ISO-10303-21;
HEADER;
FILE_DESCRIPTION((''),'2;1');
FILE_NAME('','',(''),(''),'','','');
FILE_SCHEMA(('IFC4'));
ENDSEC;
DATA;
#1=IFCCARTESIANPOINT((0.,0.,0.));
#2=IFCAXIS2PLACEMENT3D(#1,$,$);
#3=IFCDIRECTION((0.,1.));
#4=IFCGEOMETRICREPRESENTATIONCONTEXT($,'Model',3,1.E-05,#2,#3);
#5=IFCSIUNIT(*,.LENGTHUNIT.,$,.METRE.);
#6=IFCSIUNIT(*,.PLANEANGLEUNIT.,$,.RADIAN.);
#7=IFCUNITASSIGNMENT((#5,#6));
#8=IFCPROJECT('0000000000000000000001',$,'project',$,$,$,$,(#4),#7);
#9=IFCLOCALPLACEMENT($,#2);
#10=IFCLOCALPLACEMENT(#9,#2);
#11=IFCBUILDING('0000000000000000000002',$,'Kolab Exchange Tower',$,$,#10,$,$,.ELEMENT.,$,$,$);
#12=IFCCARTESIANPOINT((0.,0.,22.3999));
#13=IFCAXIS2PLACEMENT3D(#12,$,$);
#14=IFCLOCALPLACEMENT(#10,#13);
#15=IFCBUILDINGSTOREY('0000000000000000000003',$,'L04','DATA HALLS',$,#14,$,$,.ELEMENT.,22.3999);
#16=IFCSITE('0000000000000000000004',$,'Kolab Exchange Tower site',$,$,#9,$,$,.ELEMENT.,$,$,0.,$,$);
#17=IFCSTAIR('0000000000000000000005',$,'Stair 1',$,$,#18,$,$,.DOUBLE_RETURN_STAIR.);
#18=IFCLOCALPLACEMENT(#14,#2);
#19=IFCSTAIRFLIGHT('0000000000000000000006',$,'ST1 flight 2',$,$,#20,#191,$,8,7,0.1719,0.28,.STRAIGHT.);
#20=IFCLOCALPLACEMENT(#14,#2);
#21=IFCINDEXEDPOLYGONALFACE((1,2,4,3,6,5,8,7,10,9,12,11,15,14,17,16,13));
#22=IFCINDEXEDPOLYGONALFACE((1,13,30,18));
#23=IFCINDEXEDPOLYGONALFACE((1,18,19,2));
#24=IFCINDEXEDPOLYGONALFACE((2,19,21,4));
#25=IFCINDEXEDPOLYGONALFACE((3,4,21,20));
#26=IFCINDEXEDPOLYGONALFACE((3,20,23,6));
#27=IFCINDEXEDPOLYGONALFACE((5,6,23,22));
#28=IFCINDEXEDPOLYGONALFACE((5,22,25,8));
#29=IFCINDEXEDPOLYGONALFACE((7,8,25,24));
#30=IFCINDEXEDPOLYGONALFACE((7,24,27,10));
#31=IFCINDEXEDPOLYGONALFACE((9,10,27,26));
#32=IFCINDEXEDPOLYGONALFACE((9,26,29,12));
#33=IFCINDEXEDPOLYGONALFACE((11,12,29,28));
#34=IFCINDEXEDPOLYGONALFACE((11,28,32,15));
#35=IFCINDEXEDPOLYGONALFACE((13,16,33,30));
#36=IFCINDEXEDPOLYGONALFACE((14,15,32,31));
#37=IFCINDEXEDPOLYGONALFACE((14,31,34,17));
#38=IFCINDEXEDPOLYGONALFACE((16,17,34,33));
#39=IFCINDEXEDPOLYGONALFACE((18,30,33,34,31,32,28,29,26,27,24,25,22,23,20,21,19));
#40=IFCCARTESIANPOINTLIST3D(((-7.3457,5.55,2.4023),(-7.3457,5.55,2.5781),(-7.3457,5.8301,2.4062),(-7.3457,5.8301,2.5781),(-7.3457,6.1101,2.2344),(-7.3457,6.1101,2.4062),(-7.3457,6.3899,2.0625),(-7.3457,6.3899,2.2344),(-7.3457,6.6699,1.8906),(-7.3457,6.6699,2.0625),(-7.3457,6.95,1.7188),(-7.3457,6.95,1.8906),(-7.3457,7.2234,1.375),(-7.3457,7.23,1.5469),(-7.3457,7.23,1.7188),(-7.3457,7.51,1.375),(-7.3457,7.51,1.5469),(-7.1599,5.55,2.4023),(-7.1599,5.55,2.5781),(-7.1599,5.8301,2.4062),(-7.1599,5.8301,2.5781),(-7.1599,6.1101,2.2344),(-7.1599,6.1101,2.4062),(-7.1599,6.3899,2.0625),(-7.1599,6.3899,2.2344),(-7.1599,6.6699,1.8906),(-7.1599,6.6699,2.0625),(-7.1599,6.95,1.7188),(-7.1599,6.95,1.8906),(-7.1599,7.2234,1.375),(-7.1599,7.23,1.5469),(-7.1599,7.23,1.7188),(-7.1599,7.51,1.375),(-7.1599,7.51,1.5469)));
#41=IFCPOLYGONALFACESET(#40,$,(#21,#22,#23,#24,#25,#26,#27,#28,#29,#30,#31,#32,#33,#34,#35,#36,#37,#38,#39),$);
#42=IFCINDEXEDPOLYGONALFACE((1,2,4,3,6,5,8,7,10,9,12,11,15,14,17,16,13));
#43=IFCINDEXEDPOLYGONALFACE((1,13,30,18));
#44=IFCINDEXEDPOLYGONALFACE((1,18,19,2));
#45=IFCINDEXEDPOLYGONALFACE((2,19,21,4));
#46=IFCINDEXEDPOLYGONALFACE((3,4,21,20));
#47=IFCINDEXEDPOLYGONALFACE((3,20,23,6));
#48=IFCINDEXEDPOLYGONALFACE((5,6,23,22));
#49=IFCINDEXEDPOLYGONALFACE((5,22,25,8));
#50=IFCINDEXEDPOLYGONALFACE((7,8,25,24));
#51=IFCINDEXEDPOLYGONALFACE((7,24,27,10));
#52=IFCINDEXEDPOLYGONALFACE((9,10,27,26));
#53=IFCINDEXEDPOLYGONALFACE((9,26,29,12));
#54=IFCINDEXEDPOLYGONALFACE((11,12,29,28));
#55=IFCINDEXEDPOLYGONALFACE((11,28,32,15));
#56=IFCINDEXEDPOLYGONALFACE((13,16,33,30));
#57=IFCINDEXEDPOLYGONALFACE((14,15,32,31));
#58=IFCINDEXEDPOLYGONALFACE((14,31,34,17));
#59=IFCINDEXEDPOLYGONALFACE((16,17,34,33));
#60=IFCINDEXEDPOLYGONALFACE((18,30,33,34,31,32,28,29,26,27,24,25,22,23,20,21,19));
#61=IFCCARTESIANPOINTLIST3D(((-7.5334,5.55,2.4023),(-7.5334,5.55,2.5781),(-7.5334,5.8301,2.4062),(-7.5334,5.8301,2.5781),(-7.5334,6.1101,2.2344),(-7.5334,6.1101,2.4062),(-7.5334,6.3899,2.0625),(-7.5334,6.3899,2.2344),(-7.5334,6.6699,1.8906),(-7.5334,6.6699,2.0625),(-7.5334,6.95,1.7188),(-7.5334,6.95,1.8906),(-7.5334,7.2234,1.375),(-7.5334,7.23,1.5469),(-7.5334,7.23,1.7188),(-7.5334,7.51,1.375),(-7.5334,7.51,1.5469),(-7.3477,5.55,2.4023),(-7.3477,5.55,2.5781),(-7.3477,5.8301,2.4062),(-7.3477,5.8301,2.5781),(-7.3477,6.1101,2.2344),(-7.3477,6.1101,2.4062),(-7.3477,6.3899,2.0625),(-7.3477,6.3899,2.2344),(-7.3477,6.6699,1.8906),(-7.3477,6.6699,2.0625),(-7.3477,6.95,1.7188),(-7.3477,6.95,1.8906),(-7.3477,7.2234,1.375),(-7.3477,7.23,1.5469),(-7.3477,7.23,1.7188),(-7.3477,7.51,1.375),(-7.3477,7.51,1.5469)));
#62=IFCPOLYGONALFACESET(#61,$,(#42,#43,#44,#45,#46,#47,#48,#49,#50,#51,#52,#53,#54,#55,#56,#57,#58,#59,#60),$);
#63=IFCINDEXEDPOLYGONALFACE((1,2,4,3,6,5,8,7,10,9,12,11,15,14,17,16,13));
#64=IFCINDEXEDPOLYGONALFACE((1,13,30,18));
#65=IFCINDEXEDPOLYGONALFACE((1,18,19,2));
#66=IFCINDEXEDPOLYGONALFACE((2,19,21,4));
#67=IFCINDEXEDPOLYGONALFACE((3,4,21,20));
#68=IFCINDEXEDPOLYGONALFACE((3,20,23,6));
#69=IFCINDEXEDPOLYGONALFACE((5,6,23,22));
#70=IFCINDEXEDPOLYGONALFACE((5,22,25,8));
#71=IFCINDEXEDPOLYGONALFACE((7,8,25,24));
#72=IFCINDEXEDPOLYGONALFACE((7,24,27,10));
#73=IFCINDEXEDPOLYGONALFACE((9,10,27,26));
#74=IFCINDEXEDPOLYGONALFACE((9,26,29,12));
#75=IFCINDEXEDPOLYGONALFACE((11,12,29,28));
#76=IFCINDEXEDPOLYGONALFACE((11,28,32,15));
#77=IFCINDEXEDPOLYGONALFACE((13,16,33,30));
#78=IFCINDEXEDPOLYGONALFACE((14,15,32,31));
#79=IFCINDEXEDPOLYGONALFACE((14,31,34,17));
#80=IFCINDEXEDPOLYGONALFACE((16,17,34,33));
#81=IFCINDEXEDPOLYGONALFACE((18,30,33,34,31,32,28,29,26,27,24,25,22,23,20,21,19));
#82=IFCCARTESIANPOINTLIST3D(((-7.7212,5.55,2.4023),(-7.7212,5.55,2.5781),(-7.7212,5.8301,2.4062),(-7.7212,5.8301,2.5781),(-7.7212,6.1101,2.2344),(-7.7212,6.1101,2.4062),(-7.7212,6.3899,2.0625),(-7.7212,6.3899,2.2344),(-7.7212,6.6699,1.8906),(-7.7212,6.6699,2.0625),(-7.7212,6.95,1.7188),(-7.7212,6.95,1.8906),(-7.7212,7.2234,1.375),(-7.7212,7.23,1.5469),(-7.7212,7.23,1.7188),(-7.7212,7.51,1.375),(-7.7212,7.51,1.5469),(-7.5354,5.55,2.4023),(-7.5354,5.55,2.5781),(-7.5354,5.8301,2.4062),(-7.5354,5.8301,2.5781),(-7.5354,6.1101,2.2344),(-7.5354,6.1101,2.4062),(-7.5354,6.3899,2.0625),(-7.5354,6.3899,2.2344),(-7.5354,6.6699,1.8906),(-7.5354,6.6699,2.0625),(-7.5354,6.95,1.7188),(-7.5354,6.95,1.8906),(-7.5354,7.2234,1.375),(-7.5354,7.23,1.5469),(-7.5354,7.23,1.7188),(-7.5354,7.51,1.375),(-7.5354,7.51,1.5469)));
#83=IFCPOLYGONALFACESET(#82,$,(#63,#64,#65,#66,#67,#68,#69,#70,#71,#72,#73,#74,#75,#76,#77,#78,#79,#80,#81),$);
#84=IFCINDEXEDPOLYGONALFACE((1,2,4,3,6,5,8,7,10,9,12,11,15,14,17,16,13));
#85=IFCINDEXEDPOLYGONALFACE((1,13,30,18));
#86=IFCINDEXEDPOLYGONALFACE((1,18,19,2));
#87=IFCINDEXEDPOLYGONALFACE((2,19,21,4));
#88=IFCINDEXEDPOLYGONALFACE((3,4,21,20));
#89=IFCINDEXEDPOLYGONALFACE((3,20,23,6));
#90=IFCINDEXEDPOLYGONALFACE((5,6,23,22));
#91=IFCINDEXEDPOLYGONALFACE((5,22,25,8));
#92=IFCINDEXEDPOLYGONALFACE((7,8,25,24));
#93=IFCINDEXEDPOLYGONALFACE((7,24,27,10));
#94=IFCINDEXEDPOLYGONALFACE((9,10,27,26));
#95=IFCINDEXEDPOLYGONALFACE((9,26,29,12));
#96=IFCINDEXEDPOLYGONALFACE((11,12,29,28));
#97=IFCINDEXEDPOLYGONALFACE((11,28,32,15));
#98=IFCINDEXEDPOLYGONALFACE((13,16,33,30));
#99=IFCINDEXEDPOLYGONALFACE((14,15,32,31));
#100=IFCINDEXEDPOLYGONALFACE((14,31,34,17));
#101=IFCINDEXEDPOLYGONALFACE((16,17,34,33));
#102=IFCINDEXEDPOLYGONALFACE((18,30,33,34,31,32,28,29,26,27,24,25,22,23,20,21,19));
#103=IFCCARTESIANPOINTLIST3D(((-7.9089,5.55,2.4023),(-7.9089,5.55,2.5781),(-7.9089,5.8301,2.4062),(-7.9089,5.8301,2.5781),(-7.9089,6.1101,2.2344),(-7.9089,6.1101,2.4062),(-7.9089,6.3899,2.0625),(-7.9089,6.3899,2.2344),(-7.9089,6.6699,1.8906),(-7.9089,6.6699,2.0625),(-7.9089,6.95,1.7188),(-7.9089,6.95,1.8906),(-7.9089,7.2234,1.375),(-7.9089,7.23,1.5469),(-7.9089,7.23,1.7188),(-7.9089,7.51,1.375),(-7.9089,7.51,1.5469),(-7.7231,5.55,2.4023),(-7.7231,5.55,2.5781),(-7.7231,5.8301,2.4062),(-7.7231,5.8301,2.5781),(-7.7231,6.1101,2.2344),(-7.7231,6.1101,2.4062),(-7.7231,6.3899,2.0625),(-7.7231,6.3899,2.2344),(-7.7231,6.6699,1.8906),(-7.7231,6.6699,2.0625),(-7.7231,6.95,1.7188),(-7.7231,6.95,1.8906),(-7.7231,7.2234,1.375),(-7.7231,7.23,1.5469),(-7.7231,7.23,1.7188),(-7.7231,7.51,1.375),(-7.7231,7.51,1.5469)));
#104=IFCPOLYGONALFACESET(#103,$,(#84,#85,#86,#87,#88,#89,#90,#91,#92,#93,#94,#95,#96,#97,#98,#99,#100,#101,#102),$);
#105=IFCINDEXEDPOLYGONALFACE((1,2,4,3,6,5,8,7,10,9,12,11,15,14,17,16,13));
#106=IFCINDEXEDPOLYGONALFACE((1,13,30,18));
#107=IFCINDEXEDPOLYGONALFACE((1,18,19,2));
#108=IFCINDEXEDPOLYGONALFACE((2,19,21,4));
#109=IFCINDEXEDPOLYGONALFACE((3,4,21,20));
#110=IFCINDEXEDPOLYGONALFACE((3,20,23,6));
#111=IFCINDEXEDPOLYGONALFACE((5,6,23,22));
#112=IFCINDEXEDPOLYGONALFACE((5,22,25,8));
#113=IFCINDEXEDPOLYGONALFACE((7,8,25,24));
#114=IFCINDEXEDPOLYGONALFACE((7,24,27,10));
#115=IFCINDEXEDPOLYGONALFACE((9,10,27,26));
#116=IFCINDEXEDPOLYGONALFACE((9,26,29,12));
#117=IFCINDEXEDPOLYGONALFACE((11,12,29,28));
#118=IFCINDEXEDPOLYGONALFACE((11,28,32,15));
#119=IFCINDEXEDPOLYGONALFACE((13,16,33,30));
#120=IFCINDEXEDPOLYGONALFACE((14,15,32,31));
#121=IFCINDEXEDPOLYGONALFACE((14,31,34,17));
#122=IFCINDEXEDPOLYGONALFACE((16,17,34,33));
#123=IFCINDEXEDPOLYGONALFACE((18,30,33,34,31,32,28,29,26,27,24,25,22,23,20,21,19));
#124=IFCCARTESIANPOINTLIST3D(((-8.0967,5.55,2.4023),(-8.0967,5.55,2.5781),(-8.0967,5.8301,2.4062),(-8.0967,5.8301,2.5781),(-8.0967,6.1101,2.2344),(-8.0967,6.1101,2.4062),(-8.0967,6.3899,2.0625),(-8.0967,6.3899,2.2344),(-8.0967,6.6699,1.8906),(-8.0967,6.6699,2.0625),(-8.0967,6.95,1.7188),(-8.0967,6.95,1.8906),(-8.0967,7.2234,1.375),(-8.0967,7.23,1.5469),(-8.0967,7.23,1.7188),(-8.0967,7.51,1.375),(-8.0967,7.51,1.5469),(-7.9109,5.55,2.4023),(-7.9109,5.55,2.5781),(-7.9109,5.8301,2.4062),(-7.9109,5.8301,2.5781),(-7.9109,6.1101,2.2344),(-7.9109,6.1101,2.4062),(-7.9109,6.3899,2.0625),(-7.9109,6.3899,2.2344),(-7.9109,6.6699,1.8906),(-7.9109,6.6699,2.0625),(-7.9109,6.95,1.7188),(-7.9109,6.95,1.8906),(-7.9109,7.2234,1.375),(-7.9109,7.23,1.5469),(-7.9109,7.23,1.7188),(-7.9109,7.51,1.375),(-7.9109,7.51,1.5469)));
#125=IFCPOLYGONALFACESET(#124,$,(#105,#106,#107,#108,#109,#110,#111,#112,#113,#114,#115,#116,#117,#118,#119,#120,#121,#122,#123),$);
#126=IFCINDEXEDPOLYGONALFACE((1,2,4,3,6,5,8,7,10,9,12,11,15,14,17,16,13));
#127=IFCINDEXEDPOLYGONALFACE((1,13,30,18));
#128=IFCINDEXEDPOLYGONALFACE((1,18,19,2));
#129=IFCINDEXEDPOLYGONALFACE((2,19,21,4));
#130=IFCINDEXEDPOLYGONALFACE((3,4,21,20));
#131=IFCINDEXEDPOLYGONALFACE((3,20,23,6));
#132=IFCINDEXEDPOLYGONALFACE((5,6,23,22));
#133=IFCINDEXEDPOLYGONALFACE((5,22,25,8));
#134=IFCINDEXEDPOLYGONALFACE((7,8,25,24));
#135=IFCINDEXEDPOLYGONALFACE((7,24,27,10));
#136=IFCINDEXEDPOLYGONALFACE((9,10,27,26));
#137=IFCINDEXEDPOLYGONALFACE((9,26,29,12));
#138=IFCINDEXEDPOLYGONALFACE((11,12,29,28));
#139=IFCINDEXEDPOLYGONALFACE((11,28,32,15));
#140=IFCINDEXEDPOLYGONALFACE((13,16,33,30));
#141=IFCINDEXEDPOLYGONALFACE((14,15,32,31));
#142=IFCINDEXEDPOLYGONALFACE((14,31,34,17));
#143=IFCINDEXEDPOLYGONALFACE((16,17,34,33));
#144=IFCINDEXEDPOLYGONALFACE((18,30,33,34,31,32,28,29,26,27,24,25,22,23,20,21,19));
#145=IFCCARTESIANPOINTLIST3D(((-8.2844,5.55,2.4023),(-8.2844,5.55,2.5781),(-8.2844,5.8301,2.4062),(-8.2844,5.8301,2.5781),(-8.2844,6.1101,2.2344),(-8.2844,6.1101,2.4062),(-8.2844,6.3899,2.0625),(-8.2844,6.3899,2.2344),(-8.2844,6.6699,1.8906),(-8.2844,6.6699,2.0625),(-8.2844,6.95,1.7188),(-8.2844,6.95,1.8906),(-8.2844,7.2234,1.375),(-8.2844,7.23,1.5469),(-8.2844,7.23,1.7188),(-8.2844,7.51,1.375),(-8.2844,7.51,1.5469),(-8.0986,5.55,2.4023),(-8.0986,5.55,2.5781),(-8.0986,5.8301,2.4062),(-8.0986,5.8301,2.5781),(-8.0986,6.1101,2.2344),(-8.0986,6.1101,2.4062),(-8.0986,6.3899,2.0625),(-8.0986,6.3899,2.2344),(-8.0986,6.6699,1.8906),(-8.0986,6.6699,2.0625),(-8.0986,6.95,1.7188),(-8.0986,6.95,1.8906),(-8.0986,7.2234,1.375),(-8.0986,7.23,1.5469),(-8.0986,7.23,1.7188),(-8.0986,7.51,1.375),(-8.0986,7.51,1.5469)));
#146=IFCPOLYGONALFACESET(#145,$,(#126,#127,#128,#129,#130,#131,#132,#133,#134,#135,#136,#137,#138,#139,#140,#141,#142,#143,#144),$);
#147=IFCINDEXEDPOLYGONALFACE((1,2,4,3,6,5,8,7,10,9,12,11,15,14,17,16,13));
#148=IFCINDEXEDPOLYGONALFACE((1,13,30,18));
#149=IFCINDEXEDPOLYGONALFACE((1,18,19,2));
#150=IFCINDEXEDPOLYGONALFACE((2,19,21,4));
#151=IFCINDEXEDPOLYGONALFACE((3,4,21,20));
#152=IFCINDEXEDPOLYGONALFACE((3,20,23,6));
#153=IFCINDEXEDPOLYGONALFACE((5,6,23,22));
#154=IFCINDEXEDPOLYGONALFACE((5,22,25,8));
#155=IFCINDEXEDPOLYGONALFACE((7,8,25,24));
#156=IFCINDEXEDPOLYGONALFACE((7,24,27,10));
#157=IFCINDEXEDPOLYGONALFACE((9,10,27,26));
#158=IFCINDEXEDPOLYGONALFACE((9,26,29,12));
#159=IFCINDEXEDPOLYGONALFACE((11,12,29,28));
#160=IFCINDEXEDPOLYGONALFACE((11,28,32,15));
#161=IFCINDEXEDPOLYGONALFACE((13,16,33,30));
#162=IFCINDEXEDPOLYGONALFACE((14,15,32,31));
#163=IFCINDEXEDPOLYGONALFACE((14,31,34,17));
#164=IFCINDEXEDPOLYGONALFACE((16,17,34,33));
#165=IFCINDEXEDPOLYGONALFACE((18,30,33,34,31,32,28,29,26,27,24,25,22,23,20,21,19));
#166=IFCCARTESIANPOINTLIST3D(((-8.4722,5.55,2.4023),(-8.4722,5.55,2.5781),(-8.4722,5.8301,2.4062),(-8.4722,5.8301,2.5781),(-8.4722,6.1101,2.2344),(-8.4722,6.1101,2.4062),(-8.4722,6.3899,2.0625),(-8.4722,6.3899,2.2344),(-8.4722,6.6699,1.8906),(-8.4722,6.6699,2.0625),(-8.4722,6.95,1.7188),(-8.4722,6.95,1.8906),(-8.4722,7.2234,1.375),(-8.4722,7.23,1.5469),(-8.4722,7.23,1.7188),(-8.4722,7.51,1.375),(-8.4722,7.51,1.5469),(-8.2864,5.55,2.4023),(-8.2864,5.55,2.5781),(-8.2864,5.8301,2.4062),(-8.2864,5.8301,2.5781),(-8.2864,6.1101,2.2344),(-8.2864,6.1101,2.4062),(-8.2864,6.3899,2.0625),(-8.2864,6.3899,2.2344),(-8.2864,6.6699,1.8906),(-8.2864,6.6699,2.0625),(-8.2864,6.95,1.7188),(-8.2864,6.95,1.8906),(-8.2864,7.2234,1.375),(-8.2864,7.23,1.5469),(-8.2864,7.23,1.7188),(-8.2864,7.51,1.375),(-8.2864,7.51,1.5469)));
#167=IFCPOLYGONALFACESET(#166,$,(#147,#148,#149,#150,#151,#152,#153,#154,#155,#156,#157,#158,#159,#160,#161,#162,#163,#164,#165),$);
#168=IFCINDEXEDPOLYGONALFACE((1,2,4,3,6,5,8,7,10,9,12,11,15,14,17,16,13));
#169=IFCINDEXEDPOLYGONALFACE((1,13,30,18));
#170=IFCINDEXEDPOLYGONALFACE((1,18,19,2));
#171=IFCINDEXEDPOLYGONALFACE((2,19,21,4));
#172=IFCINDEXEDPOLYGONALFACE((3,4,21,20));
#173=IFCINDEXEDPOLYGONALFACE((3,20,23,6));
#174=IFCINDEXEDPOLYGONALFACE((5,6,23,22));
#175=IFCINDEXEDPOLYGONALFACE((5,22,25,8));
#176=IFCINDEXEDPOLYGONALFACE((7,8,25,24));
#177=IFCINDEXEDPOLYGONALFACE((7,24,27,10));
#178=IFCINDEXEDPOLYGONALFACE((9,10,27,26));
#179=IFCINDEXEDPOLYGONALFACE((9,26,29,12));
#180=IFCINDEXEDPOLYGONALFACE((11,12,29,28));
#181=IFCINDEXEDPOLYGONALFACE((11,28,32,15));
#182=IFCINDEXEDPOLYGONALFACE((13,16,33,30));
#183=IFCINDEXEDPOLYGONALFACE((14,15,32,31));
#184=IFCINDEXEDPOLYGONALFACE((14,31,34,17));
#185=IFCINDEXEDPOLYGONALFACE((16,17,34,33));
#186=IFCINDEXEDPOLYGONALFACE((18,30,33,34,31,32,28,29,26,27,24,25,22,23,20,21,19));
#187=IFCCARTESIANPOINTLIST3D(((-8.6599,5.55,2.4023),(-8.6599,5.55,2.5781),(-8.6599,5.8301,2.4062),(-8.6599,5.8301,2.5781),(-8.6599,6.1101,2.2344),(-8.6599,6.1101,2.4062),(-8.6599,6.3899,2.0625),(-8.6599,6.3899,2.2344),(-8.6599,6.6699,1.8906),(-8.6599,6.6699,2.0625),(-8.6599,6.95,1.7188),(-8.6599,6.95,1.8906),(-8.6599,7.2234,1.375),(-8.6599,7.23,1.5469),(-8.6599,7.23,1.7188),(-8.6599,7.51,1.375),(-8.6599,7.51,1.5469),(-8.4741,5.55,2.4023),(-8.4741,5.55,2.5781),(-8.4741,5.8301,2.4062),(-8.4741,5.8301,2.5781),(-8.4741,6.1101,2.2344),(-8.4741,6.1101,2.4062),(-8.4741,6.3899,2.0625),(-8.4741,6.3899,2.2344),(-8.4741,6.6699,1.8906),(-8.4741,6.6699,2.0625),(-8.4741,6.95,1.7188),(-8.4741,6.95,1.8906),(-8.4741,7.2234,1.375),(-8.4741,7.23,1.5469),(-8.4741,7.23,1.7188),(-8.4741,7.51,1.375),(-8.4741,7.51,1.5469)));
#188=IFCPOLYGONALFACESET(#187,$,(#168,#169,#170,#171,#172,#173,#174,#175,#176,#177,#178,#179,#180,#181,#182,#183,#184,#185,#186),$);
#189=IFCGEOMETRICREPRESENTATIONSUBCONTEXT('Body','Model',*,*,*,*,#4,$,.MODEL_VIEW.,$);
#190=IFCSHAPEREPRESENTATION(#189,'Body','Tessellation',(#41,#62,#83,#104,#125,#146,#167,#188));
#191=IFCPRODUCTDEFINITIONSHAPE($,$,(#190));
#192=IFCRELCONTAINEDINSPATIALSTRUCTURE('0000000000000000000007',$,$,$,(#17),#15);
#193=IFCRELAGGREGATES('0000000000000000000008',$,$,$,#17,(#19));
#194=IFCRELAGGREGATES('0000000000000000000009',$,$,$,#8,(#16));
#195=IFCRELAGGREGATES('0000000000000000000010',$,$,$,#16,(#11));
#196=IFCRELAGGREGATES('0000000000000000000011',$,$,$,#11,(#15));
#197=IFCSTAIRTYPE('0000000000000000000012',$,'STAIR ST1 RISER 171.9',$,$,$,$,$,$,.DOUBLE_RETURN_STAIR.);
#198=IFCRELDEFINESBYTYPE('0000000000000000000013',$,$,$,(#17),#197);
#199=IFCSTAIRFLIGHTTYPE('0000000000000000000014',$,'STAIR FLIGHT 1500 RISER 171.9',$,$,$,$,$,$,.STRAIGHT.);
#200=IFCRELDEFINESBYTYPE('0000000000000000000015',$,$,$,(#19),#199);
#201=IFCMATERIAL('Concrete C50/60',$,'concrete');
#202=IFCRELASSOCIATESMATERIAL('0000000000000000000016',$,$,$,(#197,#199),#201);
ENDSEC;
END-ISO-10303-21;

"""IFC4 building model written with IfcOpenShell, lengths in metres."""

from ifc_helpers import new_model, si_unit, direction, frame, origin, place, context, subcontext, project, spatial, polyline, outline, extrude, material, type_object, element, aggregate, save


model = new_model("IFC4")

# Units and contexts
model_context = context("Model", 3, precision=1e-05, world=origin(), true_north=direction((0.0, 1.0)))
body_context = subcontext(model_context, "Body", "Model", "MODEL_VIEW")
ifc_project = project(units=[si_unit("LENGTHUNIT", "METRE"), si_unit("PLANEANGLEUNIT", "RADIAN")], contexts=[model_context])

# Site, building, storey
site_placement = place(None, origin())
site = spatial("IfcSite", under=ifc_project, at=site_placement, Name="Kolab Exchange Tower site", CompositionType="ELEMENT", RefElevation=0.0)
building_placement = place(site_placement, origin())
building = spatial("IfcBuilding", under=site, at=building_placement, Name="Kolab Exchange Tower", CompositionType="ELEMENT")
storey_placement = place(building_placement, frame((0.0, 0.0, 22.3999)))
storey = spatial("IfcBuildingStorey", under=building, at=storey_placement, Name="L04", Description="DATA HALLS", CompositionType="ELEMENT", Elevation=22.3999)

# Shared definitions
ifc_material_1 = material(Name="Concrete C50/60", Category="concrete")

# Stair, stair flight
stair_type = type_object("IfcStairType", Name="STAIR ST1 RISER 171.9", PredefinedType="DOUBLE_RETURN_STAIR", material=ifc_material_1)
stair_placement = place(storey_placement, origin())
stair = element("IfcStair", 1, at=stair_placement, inside=storey, type_object=stair_type, Name="Stair 1", PredefinedType="DOUBLE_RETURN_STAIR")
stair_flight_type = type_object("IfcStairFlightType", Name="STAIR FLIGHT 1500 RISER 171.9", PredefinedType="STRAIGHT", material=ifc_material_1)
stair_flight_1_placement = place(storey_placement, frame((-7.9099, 7.51, 1.375), z_axis=(0.0, 0.0, 1.0), x_axis=(0.0, -1.0, 0.0)))
stair_flight_1 = element("IfcStairFlight", 2, at=stair_flight_1_placement, type_object=stair_flight_type, Name="ST1 flight 2", NumberOfRisers=8, NumberOfTreads=7, PredefinedType="STRAIGHT", RiserHeight=0.1719, TreadLength=0.28, context=body_context, shape_type="SweptSolid", body=[
    extrude(outline(polyline([(0.0, 0.0), (0.0, 0.1719), (0.28, 0.1719), (0.28, 0.3438), (0.5601, 0.3438), (0.5601, 0.5156), (0.8401, 0.5156), (0.8401, 0.6875), (1.1201, 0.6875), (1.1201, 0.8594), (1.3999, 0.8594), (1.3999, 1.0312), (1.6799, 1.0312), (1.6799, 1.2031), (1.96, 1.2031), (1.96, 1.375), (1.96, 1.0273), (0.2866, 0.0), (0.0, 0.0)])), frame((0.0, 0.75, 0.0), z_axis=(0.0, -1.0, 0.0), x_axis=(1.0, 0.0, 0.0)), (0.0, 0.0, 1.0), 0.1858),
    extrude(outline(polyline([(0.0, 0.0), (0.0, 0.1719), (0.28, 0.1719), (0.28, 0.3438), (0.5601, 0.3438), (0.5601, 0.5156), (0.8401, 0.5156), (0.8401, 0.6875), (1.1201, 0.6875), (1.1201, 0.8594), (1.3999, 0.8594), (1.3999, 1.0312), (1.6799, 1.0312), (1.6799, 1.2031), (1.96, 1.2031), (1.96, 1.375), (1.96, 1.0273), (0.2866, 0.0), (0.0, 0.0)])), frame((0.0, 0.5623, 0.0), z_axis=(0.0, -1.0, 0.0), x_axis=(1.0, 0.0, 0.0)), (0.0, 0.0, 1.0), 0.1858),
    extrude(outline(polyline([(0.0, 0.0), (0.0, 0.1719), (0.28, 0.1719), (0.28, 0.3438), (0.5601, 0.3438), (0.5601, 0.5156), (0.8401, 0.5156), (0.8401, 0.6875), (1.1201, 0.6875), (1.1201, 0.8594), (1.3999, 0.8594), (1.3999, 1.0312), (1.6799, 1.0312), (1.6799, 1.2031), (1.96, 1.2031), (1.96, 1.375), (1.96, 1.0273), (0.2866, 0.0), (0.0, 0.0)])), frame((0.0, 0.3745, 0.0), z_axis=(0.0, -1.0, 0.0), x_axis=(1.0, 0.0, 0.0)), (0.0, 0.0, 1.0), 0.1858),
    extrude(outline(polyline([(0.0, 0.0), (0.0, 0.1719), (0.28, 0.1719), (0.28, 0.3438), (0.5601, 0.3438), (0.5601, 0.5156), (0.8401, 0.5156), (0.8401, 0.6875), (1.1201, 0.6875), (1.1201, 0.8594), (1.3999, 0.8594), (1.3999, 1.0312), (1.6799, 1.0312), (1.6799, 1.2031), (1.96, 1.2031), (1.96, 1.375), (1.96, 1.0273), (0.2866, 0.0), (0.0, 0.0)])), frame((0.0, 0.1868, 0.0), z_axis=(0.0, -1.0, 0.0), x_axis=(1.0, 0.0, 0.0)), (0.0, 0.0, 1.0), 0.1858),
    extrude(outline(polyline([(0.0, 0.0), (0.0, 0.1719), (0.28, 0.1719), (0.28, 0.3438), (0.5601, 0.3438), (0.5601, 0.5156), (0.8401, 0.5156), (0.8401, 0.6875), (1.1201, 0.6875), (1.1201, 0.8594), (1.3999, 0.8594), (1.3999, 1.0312), (1.6799, 1.0312), (1.6799, 1.2031), (1.96, 1.2031), (1.96, 1.375), (1.96, 1.0273), (0.2866, 0.0), (0.0, 0.0)])), frame((0.0, -0.001, 0.0), z_axis=(0.0, -1.0, 0.0), x_axis=(1.0, 0.0, 0.0)), (0.0, 0.0, 1.0), 0.1858),
    extrude(outline(polyline([(0.0, 0.0), (0.0, 0.1719), (0.28, 0.1719), (0.28, 0.3438), (0.5601, 0.3438), (0.5601, 0.5156), (0.8401, 0.5156), (0.8401, 0.6875), (1.1201, 0.6875), (1.1201, 0.8594), (1.3999, 0.8594), (1.3999, 1.0312), (1.6799, 1.0312), (1.6799, 1.2031), (1.96, 1.2031), (1.96, 1.375), (1.96, 1.0273), (0.2866, 0.0), (0.0, 0.0)])), frame((0.0, -0.1887, 0.0), z_axis=(0.0, -1.0, 0.0), x_axis=(1.0, 0.0, 0.0)), (0.0, 0.0, 1.0), 0.1858),
    extrude(outline(polyline([(0.0, 0.0), (0.0, 0.1719), (0.28, 0.1719), (0.28, 0.3438), (0.5601, 0.3438), (0.5601, 0.5156), (0.8401, 0.5156), (0.8401, 0.6875), (1.1201, 0.6875), (1.1201, 0.8594), (1.3999, 0.8594), (1.3999, 1.0312), (1.6799, 1.0312), (1.6799, 1.2031), (1.96, 1.2031), (1.96, 1.375), (1.96, 1.0273), (0.2866, 0.0), (0.0, 0.0)])), frame((0.0, -0.3765, 0.0), z_axis=(0.0, -1.0, 0.0), x_axis=(1.0, 0.0, 0.0)), (0.0, 0.0, 1.0), 0.1858),
    extrude(outline(polyline([(0.0, 0.0), (0.0, 0.1719), (0.28, 0.1719), (0.28, 0.3438), (0.5601, 0.3438), (0.5601, 0.5156), (0.8401, 0.5156), (0.8401, 0.6875), (1.1201, 0.6875), (1.1201, 0.8594), (1.3999, 0.8594), (1.3999, 1.0312), (1.6799, 1.0312), (1.6799, 1.2031), (1.96, 1.2031), (1.96, 1.375), (1.96, 1.0273), (0.2866, 0.0), (0.0, 0.0)])), frame((0.0, -0.5642, 0.0), z_axis=(0.0, -1.0, 0.0), x_axis=(1.0, 0.0, 0.0)), (0.0, 0.0, 1.0), 0.1858),
])
aggregate(stair, [stair_flight_1])

save(model, "model.ifc")
